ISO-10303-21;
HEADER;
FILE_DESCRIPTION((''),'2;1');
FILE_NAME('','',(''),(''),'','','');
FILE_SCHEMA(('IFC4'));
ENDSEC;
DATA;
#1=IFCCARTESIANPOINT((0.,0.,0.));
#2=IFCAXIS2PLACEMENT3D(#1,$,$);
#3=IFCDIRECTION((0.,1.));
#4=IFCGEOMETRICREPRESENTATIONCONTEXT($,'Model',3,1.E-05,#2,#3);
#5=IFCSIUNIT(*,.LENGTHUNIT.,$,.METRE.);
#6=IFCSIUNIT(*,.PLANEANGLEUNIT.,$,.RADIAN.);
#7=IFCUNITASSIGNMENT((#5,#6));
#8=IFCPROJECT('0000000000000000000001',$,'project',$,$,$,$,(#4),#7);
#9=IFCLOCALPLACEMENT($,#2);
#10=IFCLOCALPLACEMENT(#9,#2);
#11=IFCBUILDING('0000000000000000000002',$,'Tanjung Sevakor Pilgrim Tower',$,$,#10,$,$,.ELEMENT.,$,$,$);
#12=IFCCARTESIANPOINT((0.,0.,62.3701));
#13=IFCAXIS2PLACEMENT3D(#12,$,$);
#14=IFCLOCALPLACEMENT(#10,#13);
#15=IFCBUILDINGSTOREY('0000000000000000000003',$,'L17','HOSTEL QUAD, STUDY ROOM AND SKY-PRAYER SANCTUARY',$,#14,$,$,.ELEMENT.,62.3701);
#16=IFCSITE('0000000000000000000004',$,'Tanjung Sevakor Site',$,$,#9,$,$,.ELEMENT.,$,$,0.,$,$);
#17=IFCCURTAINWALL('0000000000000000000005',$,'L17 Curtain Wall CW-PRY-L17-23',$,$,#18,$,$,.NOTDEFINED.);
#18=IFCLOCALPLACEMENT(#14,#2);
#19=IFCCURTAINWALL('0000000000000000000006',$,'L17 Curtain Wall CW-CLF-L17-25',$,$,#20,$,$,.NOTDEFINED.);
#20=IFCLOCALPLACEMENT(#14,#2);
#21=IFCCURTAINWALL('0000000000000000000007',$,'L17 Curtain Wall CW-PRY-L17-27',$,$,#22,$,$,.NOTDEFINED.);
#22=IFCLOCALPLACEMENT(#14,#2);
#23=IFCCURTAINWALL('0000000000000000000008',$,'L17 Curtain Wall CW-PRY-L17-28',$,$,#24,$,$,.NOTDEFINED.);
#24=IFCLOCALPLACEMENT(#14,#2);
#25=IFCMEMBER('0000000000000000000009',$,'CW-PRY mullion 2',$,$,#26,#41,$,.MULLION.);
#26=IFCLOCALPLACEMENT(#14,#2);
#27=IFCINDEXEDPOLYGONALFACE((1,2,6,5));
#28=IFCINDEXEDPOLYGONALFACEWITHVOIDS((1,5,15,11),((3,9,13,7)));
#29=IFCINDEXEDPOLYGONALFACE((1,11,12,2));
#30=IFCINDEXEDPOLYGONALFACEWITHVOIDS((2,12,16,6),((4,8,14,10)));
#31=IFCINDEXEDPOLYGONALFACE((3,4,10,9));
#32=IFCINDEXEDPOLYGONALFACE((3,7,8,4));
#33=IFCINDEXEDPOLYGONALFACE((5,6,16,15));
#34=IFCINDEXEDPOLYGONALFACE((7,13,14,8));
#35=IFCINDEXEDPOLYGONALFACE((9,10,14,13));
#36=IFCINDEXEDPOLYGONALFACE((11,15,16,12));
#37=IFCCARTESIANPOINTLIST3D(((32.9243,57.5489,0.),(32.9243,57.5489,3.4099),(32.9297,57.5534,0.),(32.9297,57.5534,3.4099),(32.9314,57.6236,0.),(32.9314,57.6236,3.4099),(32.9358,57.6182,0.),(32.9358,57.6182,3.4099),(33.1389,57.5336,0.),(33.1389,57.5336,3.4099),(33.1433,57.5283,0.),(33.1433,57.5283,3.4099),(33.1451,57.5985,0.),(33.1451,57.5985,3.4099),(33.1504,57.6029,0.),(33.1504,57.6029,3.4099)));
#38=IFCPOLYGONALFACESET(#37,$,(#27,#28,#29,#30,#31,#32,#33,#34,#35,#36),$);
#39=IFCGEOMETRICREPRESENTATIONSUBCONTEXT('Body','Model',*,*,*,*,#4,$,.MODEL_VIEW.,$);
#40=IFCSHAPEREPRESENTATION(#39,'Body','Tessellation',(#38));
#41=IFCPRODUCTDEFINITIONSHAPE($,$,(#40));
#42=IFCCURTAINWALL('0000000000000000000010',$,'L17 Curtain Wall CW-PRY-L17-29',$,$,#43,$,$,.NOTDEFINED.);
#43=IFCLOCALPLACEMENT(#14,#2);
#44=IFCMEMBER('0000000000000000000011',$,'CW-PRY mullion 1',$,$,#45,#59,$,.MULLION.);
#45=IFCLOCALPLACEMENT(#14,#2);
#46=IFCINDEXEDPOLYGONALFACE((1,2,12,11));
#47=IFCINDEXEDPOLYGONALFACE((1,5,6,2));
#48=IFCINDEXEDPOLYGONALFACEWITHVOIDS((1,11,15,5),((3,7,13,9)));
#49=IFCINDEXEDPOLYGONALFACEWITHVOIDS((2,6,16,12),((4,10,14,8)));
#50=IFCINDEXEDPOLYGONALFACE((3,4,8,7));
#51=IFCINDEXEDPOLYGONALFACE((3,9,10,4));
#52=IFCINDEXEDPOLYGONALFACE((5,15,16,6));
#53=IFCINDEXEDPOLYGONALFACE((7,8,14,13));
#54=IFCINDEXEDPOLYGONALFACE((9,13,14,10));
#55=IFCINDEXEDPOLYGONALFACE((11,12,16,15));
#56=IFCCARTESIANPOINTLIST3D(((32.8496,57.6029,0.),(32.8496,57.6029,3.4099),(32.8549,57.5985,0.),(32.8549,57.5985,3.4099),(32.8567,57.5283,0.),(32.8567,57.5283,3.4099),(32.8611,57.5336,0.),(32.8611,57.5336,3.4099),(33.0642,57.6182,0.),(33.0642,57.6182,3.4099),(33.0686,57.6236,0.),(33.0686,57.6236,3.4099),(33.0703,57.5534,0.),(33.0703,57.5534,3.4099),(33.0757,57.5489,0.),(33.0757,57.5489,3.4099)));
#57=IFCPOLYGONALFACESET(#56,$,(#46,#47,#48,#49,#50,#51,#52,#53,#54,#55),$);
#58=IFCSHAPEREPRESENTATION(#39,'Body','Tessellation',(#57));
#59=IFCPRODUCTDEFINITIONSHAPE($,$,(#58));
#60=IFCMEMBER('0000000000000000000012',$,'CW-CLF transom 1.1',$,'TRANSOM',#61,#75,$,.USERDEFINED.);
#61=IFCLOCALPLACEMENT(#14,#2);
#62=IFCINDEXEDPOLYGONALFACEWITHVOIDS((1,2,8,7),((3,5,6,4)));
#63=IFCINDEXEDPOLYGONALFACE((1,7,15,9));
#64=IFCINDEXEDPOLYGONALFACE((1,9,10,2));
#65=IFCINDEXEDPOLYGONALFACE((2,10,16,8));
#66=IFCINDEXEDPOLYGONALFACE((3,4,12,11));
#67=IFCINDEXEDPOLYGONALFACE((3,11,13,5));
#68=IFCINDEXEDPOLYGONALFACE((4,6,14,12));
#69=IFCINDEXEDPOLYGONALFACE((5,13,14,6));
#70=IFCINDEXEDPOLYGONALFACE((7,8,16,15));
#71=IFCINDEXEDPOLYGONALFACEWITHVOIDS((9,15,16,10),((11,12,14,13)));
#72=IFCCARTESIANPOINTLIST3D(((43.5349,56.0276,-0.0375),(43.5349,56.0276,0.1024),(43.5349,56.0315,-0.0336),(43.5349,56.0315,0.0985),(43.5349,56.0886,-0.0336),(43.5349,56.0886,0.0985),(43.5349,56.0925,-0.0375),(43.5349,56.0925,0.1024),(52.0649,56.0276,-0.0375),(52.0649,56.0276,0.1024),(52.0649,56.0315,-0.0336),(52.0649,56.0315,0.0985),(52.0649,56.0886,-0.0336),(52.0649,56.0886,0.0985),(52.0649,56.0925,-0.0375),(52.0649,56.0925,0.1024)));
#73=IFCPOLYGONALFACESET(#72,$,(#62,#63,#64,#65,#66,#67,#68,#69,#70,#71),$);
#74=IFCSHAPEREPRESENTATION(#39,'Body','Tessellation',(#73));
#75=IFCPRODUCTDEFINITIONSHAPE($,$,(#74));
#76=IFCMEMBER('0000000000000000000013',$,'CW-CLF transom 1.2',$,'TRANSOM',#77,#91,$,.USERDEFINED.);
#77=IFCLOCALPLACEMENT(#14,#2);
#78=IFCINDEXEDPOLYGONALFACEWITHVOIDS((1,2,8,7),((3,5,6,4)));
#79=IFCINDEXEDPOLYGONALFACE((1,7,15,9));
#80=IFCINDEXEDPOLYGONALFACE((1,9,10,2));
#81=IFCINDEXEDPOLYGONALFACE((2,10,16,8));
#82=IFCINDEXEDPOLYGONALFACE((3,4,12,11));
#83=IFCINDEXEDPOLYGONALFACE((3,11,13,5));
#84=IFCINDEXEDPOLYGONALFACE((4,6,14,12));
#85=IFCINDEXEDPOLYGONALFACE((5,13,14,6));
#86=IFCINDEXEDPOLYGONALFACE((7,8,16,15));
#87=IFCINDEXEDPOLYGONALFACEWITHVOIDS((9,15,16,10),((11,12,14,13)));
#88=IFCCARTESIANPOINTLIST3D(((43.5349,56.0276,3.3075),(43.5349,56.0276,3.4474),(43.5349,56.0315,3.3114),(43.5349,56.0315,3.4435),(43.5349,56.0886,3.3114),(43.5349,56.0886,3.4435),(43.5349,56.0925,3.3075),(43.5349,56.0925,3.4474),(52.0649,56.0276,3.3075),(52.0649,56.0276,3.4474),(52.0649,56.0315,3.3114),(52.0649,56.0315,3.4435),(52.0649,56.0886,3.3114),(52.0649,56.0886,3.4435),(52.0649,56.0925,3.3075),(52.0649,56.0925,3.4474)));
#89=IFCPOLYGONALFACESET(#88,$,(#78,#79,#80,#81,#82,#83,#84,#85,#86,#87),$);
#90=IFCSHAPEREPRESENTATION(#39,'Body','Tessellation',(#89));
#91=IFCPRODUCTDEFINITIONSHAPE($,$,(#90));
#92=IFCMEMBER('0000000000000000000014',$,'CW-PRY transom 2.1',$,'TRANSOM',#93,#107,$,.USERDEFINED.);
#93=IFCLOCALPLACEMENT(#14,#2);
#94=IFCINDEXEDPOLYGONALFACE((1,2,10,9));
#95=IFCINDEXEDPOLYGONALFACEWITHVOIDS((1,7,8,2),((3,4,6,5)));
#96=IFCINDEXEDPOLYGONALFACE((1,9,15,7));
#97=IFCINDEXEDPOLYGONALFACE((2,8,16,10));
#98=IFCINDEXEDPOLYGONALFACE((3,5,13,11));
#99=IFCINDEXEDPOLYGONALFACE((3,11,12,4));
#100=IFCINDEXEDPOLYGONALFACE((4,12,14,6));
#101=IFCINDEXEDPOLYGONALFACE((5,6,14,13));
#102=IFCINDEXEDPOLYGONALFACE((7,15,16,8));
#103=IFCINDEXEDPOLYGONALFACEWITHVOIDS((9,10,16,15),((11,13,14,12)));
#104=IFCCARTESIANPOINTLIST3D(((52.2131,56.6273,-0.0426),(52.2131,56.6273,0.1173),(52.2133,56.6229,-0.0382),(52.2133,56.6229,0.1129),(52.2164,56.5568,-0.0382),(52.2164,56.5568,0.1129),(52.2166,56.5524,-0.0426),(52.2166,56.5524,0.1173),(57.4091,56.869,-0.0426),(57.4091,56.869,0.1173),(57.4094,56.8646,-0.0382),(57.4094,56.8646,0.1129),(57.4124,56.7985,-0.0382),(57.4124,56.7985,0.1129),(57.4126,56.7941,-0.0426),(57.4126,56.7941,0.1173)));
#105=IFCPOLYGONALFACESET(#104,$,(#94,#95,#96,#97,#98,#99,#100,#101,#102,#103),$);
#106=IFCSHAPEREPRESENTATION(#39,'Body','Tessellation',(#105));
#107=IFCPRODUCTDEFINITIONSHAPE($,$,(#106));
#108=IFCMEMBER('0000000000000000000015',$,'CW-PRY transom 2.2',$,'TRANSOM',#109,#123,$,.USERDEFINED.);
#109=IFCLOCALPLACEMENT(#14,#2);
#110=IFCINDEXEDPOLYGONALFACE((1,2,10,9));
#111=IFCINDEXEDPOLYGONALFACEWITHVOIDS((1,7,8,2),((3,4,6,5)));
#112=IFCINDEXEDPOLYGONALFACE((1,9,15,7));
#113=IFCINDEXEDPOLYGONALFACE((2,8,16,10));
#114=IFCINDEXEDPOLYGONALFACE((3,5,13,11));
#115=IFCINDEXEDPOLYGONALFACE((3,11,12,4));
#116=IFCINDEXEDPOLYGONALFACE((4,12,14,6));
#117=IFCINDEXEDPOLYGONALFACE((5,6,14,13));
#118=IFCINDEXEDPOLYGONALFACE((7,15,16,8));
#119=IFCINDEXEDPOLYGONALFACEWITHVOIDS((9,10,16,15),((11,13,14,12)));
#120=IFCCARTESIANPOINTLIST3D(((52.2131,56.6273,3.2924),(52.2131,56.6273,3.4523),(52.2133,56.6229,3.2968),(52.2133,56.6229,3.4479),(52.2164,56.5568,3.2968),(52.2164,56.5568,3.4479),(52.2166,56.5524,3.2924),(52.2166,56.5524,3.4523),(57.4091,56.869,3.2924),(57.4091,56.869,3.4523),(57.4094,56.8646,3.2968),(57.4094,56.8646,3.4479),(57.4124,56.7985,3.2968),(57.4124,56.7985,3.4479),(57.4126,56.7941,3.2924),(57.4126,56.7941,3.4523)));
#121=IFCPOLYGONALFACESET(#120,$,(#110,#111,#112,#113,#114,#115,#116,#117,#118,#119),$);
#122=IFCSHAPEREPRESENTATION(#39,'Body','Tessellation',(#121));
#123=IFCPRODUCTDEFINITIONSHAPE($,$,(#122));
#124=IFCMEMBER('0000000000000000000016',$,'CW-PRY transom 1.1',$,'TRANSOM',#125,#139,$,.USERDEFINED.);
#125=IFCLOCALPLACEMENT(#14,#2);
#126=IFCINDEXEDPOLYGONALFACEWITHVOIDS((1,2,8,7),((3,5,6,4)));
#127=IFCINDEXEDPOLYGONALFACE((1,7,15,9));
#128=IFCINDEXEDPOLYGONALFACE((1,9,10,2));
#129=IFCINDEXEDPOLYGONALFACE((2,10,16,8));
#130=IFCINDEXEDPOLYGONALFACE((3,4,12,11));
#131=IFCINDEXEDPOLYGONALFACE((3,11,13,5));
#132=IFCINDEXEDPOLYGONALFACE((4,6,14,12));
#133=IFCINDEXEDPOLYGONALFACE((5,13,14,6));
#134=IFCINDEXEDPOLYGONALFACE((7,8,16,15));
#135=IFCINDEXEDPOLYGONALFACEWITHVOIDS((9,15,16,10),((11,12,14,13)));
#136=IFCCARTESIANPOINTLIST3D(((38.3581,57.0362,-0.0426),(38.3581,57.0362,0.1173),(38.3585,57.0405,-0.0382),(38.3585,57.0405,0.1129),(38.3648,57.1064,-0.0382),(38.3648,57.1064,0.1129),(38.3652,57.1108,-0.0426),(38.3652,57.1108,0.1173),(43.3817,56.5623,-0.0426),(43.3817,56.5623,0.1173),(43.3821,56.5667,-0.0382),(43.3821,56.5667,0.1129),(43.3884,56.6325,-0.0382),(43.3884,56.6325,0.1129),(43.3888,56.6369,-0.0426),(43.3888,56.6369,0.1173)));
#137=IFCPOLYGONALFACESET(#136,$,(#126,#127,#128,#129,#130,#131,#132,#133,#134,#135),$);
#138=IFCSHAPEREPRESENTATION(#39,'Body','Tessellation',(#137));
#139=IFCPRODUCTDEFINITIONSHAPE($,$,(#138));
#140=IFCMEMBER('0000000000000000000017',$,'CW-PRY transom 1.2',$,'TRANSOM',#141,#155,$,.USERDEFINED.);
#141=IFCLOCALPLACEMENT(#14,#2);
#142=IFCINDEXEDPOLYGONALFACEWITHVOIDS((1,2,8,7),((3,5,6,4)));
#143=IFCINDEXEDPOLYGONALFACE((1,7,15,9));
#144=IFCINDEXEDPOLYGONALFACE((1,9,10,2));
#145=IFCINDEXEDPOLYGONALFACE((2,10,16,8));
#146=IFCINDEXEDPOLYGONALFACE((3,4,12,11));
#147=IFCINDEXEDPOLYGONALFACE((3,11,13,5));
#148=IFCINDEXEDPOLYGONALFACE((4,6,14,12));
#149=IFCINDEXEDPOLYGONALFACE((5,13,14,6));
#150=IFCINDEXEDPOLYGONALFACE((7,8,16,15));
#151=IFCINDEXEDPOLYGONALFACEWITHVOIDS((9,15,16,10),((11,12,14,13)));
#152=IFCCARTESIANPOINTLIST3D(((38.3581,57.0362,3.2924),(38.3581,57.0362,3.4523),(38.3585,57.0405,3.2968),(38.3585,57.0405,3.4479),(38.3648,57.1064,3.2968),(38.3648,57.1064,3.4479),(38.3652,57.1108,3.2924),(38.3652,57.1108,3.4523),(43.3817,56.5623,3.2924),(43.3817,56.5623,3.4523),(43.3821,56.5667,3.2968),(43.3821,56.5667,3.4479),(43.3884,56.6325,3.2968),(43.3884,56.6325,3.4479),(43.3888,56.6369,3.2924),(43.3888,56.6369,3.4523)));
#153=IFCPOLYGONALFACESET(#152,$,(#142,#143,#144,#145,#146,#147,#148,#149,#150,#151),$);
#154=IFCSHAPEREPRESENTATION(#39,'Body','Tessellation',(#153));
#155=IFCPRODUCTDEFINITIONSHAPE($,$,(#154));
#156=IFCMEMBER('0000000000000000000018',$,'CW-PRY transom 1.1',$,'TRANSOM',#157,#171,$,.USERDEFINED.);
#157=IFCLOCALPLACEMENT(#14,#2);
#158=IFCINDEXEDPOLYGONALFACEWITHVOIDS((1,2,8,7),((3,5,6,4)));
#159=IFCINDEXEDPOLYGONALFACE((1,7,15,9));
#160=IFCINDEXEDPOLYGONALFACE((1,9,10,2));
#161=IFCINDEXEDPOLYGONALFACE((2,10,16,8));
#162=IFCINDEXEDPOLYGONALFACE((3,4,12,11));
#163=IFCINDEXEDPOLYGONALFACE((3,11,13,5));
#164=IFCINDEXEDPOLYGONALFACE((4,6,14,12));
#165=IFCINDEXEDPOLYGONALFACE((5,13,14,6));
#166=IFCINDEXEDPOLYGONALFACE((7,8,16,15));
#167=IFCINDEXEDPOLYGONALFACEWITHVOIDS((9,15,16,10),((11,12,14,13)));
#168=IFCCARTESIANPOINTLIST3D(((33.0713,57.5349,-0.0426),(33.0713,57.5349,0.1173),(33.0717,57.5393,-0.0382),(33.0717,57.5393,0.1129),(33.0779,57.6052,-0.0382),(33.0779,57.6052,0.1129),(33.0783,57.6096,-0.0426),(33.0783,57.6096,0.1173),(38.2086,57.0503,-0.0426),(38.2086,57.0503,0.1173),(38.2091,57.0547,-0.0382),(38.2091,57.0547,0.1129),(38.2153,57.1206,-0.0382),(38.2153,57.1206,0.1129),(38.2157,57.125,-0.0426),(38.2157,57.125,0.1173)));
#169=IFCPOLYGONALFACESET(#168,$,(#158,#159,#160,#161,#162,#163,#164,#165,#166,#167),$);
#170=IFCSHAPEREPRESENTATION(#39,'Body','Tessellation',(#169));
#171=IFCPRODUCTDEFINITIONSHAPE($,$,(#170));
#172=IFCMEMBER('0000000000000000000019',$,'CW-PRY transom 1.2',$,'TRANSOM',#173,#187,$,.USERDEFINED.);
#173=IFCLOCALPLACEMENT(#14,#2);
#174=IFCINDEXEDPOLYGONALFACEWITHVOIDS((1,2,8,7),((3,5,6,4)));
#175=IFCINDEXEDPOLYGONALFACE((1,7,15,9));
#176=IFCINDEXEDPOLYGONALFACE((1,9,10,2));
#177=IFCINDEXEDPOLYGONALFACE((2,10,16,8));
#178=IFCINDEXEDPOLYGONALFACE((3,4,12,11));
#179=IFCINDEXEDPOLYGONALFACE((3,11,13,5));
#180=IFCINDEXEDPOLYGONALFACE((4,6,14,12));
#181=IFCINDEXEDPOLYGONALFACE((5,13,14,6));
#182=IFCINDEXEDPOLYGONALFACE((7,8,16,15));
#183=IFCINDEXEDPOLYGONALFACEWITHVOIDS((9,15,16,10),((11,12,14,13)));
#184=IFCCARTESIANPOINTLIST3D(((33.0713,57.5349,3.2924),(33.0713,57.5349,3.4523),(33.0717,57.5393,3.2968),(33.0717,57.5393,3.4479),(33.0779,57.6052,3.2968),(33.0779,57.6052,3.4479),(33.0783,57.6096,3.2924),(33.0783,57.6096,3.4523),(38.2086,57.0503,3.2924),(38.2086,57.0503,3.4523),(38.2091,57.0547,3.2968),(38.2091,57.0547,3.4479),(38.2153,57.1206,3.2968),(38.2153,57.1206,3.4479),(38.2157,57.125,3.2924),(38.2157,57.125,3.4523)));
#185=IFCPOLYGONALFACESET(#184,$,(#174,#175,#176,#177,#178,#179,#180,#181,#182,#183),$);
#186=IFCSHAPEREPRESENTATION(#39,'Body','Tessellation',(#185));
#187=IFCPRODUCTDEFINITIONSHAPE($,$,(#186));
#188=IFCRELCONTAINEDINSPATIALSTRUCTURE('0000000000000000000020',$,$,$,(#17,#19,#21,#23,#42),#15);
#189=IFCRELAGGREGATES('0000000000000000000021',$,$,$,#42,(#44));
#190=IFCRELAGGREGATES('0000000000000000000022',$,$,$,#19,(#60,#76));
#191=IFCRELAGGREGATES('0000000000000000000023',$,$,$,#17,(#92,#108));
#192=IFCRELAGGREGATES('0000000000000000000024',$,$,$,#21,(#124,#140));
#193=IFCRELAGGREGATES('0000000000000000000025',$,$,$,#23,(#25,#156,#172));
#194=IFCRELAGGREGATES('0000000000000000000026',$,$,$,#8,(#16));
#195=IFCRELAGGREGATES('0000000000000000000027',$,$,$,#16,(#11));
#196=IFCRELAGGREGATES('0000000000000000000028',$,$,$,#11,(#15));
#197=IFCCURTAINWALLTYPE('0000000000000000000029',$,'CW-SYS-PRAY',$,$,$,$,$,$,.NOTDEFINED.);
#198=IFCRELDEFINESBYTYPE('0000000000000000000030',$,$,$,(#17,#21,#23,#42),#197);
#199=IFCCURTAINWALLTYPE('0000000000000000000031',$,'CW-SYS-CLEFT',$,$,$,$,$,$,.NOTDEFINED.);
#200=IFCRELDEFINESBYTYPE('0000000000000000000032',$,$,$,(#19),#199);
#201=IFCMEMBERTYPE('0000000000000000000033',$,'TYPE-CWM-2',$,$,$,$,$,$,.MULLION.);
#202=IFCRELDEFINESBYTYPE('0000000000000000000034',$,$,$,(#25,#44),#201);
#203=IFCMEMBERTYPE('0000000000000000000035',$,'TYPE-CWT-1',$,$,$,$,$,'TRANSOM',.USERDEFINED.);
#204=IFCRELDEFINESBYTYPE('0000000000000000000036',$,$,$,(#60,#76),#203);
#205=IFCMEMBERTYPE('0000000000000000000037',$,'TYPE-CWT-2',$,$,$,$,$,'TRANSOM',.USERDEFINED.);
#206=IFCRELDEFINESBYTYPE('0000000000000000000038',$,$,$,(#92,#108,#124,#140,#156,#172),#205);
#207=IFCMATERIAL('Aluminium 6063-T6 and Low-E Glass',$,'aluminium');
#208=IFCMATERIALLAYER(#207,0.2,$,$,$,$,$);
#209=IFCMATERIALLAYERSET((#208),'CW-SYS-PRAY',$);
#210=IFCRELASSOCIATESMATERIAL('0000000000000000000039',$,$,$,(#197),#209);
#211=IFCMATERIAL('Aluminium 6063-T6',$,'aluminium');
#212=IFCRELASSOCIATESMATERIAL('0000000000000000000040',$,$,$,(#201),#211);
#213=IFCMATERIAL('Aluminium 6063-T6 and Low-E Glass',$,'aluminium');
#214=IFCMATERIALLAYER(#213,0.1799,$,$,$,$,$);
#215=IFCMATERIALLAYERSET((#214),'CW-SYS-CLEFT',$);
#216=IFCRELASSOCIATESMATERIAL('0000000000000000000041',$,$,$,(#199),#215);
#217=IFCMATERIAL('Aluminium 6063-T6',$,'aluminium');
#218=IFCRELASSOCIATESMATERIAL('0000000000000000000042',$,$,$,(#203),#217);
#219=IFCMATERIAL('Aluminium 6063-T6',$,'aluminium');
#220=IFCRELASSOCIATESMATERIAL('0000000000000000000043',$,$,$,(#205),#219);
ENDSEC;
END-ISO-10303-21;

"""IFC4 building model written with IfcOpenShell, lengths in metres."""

from ifc_helpers import new_model, si_unit, direction, frame, origin, origin_2d, place, context, subcontext, project, spatial, hollow_rectangle, extrude, material, layer, layer_set, material_profile, profile_set, type_object, element, aggregate, save


model = new_model("IFC4")

# Units and contexts
model_context = context("Model", 3, precision=1e-05, world=origin(), true_north=direction((0.0, 1.0)))
body_context = subcontext(model_context, "Body", "Model", "MODEL_VIEW")
ifc_project = project(units=[si_unit("LENGTHUNIT", "METRE"), si_unit("PLANEANGLEUNIT", "RADIAN")], contexts=[model_context])

# Site, building, storey
site_placement = place(None, origin())
site = spatial("IfcSite", under=ifc_project, at=site_placement, Name="Tanjung Sevakor Site", CompositionType="ELEMENT", RefElevation=0.0)
building_placement = place(site_placement, origin())
building = spatial("IfcBuilding", under=site, at=building_placement, Name="Tanjung Sevakor Pilgrim Tower", CompositionType="ELEMENT")
storey_placement = place(building_placement, frame((0.0, 0.0, 62.3701)))
storey = spatial("IfcBuildingStorey", under=building, at=storey_placement, Name="L17", Description="HOSTEL QUAD, STUDY ROOM AND SKY-PRAYER SANCTUARY", CompositionType="ELEMENT", Elevation=62.3701)

# Curtain walls, member
ifc_material_1 = material(Name="Aluminium 6063-T6 and Low-E Glass", Category="aluminium")
ifc_layer_1 = layer(ifc_material_1, 0.2)
ifc_layer_set_1 = layer_set([ifc_layer_1], Name="CW-SYS-PRAY")
curtain_wall_type_1 = type_object("IfcCurtainWallType", Name="CW-SYS-PRAY", PredefinedType="NOTDEFINED", material=ifc_layer_set_1)
curtain_wall_1_placement = place(storey_placement, origin())
curtain_wall_1 = element("IfcCurtainWall", 1, at=curtain_wall_1_placement, inside=storey, type_object=curtain_wall_type_1, Name="L17 Curtain Wall CW-PRY-L17-23", PredefinedType="NOTDEFINED")
ifc_material_2 = material(Name="Aluminium 6063-T6", Category="aluminium")
ifc_material_profile_1 = material_profile(ifc_material_2, hollow_rectangle(XDim=0.075, YDim=0.22, WallThickness=0.0049, at=origin_2d()))
ifc_profile_set_1 = profile_set([ifc_material_profile_1], Name="Aluminium 6063-T6")
member_type_1 = type_object("IfcMemberType", Name="TYPE-CWM-2", PredefinedType="MULLION", material=ifc_profile_set_1)
ifc_material_3 = material(Name="Aluminium 6063-T6 and Low-E Glass", Category="aluminium")
ifc_layer_2 = layer(ifc_material_3, 0.1799)
ifc_layer_set_2 = layer_set([ifc_layer_2], Name="CW-SYS-CLEFT")
curtain_wall_type_2 = type_object("IfcCurtainWallType", Name="CW-SYS-CLEFT", PredefinedType="NOTDEFINED", material=ifc_layer_set_2)
curtain_wall_2_placement = place(storey_placement, origin())
curtain_wall_2 = element("IfcCurtainWall", 2, at=curtain_wall_2_placement, inside=storey, type_object=curtain_wall_type_2, Name="L17 Curtain Wall CW-CLF-L17-25", PredefinedType="NOTDEFINED")
curtain_wall_3_placement = place(storey_placement, origin())
curtain_wall_3 = element("IfcCurtainWall", 3, at=curtain_wall_3_placement, inside=storey, type_object=curtain_wall_type_1, Name="L17 Curtain Wall CW-PRY-L17-27", PredefinedType="NOTDEFINED")
curtain_wall_4_placement = place(storey_placement, origin())
curtain_wall_4 = element("IfcCurtainWall", 4, at=curtain_wall_4_placement, inside=storey, type_object=curtain_wall_type_1, Name="L17 Curtain Wall CW-PRY-L17-28", PredefinedType="NOTDEFINED")
member_1_placement = place(storey_placement, frame((33.0374, 57.5759, 0.0), z_axis=(0.0, 0.0, 1.0), x_axis=(-0.093929, -0.995579, 0.0)))
member_1 = element("IfcMember", 5, at=member_1_placement, type_object=member_type_1, Name="CW-PRY mullion 2", PredefinedType="MULLION", context=body_context, shape_type="SweptSolid", body=[
    extrude(hollow_rectangle(XDim=0.075, YDim=0.22, WallThickness=0.0049, at=origin_2d()), origin(), (0.0, 0.0, 1.0), 3.4099),
])

# Curtain wall, member
curtain_wall_5_placement = place(storey_placement, origin())
curtain_wall_5 = element("IfcCurtainWall", 6, at=curtain_wall_5_placement, inside=storey, type_object=curtain_wall_type_1, Name="L17 Curtain Wall CW-PRY-L17-29", PredefinedType="NOTDEFINED")
member_2_placement = place(storey_placement, frame((32.9626, 57.5759, 0.0), z_axis=(0.0, 0.0, 1.0), x_axis=(0.093929, -0.995579, 0.0)))
member_2 = element("IfcMember", 7, at=member_2_placement, type_object=member_type_1, Name="CW-PRY mullion 1", PredefinedType="MULLION", context=body_context, shape_type="SweptSolid", body=[
    extrude(hollow_rectangle(XDim=0.075, YDim=0.22, WallThickness=0.0049, at=origin_2d()), origin(), (0.0, 0.0, 1.0), 3.4099),
])

# Members
ifc_material_4 = material(Name="Aluminium 6063-T6", Category="aluminium")
ifc_material_profile_2 = material_profile(ifc_material_4, hollow_rectangle(XDim=0.0649, YDim=0.1399, WallThickness=0.0039, at=origin_2d()))
ifc_profile_set_2 = profile_set([ifc_material_profile_2], Name="Aluminium 6063-T6")
member_type_2 = type_object("IfcMemberType", Name="TYPE-CWT-1", ElementType="TRANSOM", PredefinedType="USERDEFINED", material=ifc_profile_set_2)
member_3_placement = place(storey_placement, frame((52.0649, 56.0601, 0.0325), z_axis=(-1.0, 0.0, 0.0), x_axis=(0.0, -1.0, 0.0)))
member_3 = element("IfcMember", 8, at=member_3_placement, type_object=member_type_2, Name="CW-CLF transom 1.1", ObjectType="TRANSOM", PredefinedType="USERDEFINED", context=body_context, shape_type="SweptSolid", body=[
    extrude(hollow_rectangle(XDim=0.0649, YDim=0.1399, WallThickness=0.0039, at=origin_2d()), origin(), (0.0, 0.0, 1.0), 8.53),
])
member_4_placement = place(storey_placement, frame((52.0649, 56.0601, 3.3774), z_axis=(-1.0, 0.0, 0.0), x_axis=(0.0, -1.0, 0.0)))
member_4 = element("IfcMember", 9, at=member_4_placement, type_object=member_type_2, Name="CW-CLF transom 1.2", ObjectType="TRANSOM", PredefinedType="USERDEFINED", context=body_context, shape_type="SweptSolid", body=[
    extrude(hollow_rectangle(XDim=0.0649, YDim=0.1399, WallThickness=0.0039, at=origin_2d()), origin(), (0.0, 0.0, 1.0), 8.53),
])
ifc_material_5 = material(Name="Aluminium 6063-T6", Category="aluminium")
ifc_material_profile_3 = material_profile(ifc_material_5, hollow_rectangle(XDim=0.075, YDim=0.1599, WallThickness=0.0044, at=origin_2d()))
ifc_profile_set_3 = profile_set([ifc_material_profile_3], Name="Aluminium 6063-T6")
member_type_3 = type_object("IfcMemberType", Name="TYPE-CWT-2", ElementType="TRANSOM", PredefinedType="USERDEFINED", material=ifc_profile_set_3)
member_5_placement = place(storey_placement, frame((57.4109, 56.8315, 0.0374), z_axis=(-0.99892, -0.046466, 0.0), x_axis=(0.046466, -0.99892, 0.0)))
member_5 = element("IfcMember", 10, at=member_5_placement, type_object=member_type_3, Name="CW-PRY transom 2.1", ObjectType="TRANSOM", PredefinedType="USERDEFINED", context=body_context, shape_type="SweptSolid", body=[
    extrude(hollow_rectangle(XDim=0.075, YDim=0.1599, WallThickness=0.0044, at=origin_2d()), origin(), (0.0, 0.0, 1.0), 5.2017),
])
member_6_placement = place(storey_placement, frame((57.4109, 56.8315, 3.3723), z_axis=(-0.99892, -0.046466, 0.0), x_axis=(0.046466, -0.99892, 0.0)))
member_6 = element("IfcMember", 11, at=member_6_placement, type_object=member_type_3, Name="CW-PRY transom 2.2", ObjectType="TRANSOM", PredefinedType="USERDEFINED", context=body_context, shape_type="SweptSolid", body=[
    extrude(hollow_rectangle(XDim=0.075, YDim=0.1599, WallThickness=0.0044, at=origin_2d()), origin(), (0.0, 0.0, 1.0), 5.2017),
])
member_7_placement = place(storey_placement, frame((43.3853, 56.5996, 0.0374), z_axis=(-0.995581, 0.093912, 0.0), x_axis=(-0.093912, -0.995581, 0.0)))
member_7 = element("IfcMember", 12, at=member_7_placement, type_object=member_type_3, Name="CW-PRY transom 1.1", ObjectType="TRANSOM", PredefinedType="USERDEFINED", context=body_context, shape_type="SweptSolid", body=[
    extrude(hollow_rectangle(XDim=0.075, YDim=0.1599, WallThickness=0.0044, at=origin_2d()), origin(), (0.0, 0.0, 1.0), 5.0459),
])
member_8_placement = place(storey_placement, frame((43.3853, 56.5996, 3.3723), z_axis=(-0.995581, 0.093912, 0.0), x_axis=(-0.093912, -0.995581, 0.0)))
member_8 = element("IfcMember", 13, at=member_8_placement, type_object=member_type_3, Name="CW-PRY transom 1.2", ObjectType="TRANSOM", PredefinedType="USERDEFINED", context=body_context, shape_type="SweptSolid", body=[
    extrude(hollow_rectangle(XDim=0.075, YDim=0.1599, WallThickness=0.0044, at=origin_2d()), origin(), (0.0, 0.0, 1.0), 5.0459),
])
member_9_placement = place(storey_placement, frame((38.2122, 57.0876, 0.0374), z_axis=(-0.99558, 0.093914, 0.0), x_axis=(-0.093914, -0.99558, 0.0)))
member_9 = element("IfcMember", 14, at=member_9_placement, type_object=member_type_3, Name="CW-PRY transom 1.1", ObjectType="TRANSOM", PredefinedType="USERDEFINED", context=body_context, shape_type="SweptSolid", body=[
    extrude(hollow_rectangle(XDim=0.075, YDim=0.1599, WallThickness=0.0044, at=origin_2d()), origin(), (0.0, 0.0, 1.0), 5.1602),
])
member_10_placement = place(storey_placement, frame((38.2122, 57.0876, 3.3723), z_axis=(-0.99558, 0.093914, 0.0), x_axis=(-0.093914, -0.99558, 0.0)))
member_10 = element("IfcMember", 15, at=member_10_placement, type_object=member_type_3, Name="CW-PRY transom 1.2", ObjectType="TRANSOM", PredefinedType="USERDEFINED", context=body_context, shape_type="SweptSolid", body=[
    extrude(hollow_rectangle(XDim=0.075, YDim=0.1599, WallThickness=0.0044, at=origin_2d()), origin(), (0.0, 0.0, 1.0), 5.1602),
])
aggregate(curtain_wall_5, [member_2])

aggregate(curtain_wall_2, [member_3, member_4])
aggregate(curtain_wall_1, [member_5, member_6])
aggregate(curtain_wall_3, [member_7, member_8])
aggregate(curtain_wall_4, [member_1, member_9, member_10])

save(model, "model.ifc")
